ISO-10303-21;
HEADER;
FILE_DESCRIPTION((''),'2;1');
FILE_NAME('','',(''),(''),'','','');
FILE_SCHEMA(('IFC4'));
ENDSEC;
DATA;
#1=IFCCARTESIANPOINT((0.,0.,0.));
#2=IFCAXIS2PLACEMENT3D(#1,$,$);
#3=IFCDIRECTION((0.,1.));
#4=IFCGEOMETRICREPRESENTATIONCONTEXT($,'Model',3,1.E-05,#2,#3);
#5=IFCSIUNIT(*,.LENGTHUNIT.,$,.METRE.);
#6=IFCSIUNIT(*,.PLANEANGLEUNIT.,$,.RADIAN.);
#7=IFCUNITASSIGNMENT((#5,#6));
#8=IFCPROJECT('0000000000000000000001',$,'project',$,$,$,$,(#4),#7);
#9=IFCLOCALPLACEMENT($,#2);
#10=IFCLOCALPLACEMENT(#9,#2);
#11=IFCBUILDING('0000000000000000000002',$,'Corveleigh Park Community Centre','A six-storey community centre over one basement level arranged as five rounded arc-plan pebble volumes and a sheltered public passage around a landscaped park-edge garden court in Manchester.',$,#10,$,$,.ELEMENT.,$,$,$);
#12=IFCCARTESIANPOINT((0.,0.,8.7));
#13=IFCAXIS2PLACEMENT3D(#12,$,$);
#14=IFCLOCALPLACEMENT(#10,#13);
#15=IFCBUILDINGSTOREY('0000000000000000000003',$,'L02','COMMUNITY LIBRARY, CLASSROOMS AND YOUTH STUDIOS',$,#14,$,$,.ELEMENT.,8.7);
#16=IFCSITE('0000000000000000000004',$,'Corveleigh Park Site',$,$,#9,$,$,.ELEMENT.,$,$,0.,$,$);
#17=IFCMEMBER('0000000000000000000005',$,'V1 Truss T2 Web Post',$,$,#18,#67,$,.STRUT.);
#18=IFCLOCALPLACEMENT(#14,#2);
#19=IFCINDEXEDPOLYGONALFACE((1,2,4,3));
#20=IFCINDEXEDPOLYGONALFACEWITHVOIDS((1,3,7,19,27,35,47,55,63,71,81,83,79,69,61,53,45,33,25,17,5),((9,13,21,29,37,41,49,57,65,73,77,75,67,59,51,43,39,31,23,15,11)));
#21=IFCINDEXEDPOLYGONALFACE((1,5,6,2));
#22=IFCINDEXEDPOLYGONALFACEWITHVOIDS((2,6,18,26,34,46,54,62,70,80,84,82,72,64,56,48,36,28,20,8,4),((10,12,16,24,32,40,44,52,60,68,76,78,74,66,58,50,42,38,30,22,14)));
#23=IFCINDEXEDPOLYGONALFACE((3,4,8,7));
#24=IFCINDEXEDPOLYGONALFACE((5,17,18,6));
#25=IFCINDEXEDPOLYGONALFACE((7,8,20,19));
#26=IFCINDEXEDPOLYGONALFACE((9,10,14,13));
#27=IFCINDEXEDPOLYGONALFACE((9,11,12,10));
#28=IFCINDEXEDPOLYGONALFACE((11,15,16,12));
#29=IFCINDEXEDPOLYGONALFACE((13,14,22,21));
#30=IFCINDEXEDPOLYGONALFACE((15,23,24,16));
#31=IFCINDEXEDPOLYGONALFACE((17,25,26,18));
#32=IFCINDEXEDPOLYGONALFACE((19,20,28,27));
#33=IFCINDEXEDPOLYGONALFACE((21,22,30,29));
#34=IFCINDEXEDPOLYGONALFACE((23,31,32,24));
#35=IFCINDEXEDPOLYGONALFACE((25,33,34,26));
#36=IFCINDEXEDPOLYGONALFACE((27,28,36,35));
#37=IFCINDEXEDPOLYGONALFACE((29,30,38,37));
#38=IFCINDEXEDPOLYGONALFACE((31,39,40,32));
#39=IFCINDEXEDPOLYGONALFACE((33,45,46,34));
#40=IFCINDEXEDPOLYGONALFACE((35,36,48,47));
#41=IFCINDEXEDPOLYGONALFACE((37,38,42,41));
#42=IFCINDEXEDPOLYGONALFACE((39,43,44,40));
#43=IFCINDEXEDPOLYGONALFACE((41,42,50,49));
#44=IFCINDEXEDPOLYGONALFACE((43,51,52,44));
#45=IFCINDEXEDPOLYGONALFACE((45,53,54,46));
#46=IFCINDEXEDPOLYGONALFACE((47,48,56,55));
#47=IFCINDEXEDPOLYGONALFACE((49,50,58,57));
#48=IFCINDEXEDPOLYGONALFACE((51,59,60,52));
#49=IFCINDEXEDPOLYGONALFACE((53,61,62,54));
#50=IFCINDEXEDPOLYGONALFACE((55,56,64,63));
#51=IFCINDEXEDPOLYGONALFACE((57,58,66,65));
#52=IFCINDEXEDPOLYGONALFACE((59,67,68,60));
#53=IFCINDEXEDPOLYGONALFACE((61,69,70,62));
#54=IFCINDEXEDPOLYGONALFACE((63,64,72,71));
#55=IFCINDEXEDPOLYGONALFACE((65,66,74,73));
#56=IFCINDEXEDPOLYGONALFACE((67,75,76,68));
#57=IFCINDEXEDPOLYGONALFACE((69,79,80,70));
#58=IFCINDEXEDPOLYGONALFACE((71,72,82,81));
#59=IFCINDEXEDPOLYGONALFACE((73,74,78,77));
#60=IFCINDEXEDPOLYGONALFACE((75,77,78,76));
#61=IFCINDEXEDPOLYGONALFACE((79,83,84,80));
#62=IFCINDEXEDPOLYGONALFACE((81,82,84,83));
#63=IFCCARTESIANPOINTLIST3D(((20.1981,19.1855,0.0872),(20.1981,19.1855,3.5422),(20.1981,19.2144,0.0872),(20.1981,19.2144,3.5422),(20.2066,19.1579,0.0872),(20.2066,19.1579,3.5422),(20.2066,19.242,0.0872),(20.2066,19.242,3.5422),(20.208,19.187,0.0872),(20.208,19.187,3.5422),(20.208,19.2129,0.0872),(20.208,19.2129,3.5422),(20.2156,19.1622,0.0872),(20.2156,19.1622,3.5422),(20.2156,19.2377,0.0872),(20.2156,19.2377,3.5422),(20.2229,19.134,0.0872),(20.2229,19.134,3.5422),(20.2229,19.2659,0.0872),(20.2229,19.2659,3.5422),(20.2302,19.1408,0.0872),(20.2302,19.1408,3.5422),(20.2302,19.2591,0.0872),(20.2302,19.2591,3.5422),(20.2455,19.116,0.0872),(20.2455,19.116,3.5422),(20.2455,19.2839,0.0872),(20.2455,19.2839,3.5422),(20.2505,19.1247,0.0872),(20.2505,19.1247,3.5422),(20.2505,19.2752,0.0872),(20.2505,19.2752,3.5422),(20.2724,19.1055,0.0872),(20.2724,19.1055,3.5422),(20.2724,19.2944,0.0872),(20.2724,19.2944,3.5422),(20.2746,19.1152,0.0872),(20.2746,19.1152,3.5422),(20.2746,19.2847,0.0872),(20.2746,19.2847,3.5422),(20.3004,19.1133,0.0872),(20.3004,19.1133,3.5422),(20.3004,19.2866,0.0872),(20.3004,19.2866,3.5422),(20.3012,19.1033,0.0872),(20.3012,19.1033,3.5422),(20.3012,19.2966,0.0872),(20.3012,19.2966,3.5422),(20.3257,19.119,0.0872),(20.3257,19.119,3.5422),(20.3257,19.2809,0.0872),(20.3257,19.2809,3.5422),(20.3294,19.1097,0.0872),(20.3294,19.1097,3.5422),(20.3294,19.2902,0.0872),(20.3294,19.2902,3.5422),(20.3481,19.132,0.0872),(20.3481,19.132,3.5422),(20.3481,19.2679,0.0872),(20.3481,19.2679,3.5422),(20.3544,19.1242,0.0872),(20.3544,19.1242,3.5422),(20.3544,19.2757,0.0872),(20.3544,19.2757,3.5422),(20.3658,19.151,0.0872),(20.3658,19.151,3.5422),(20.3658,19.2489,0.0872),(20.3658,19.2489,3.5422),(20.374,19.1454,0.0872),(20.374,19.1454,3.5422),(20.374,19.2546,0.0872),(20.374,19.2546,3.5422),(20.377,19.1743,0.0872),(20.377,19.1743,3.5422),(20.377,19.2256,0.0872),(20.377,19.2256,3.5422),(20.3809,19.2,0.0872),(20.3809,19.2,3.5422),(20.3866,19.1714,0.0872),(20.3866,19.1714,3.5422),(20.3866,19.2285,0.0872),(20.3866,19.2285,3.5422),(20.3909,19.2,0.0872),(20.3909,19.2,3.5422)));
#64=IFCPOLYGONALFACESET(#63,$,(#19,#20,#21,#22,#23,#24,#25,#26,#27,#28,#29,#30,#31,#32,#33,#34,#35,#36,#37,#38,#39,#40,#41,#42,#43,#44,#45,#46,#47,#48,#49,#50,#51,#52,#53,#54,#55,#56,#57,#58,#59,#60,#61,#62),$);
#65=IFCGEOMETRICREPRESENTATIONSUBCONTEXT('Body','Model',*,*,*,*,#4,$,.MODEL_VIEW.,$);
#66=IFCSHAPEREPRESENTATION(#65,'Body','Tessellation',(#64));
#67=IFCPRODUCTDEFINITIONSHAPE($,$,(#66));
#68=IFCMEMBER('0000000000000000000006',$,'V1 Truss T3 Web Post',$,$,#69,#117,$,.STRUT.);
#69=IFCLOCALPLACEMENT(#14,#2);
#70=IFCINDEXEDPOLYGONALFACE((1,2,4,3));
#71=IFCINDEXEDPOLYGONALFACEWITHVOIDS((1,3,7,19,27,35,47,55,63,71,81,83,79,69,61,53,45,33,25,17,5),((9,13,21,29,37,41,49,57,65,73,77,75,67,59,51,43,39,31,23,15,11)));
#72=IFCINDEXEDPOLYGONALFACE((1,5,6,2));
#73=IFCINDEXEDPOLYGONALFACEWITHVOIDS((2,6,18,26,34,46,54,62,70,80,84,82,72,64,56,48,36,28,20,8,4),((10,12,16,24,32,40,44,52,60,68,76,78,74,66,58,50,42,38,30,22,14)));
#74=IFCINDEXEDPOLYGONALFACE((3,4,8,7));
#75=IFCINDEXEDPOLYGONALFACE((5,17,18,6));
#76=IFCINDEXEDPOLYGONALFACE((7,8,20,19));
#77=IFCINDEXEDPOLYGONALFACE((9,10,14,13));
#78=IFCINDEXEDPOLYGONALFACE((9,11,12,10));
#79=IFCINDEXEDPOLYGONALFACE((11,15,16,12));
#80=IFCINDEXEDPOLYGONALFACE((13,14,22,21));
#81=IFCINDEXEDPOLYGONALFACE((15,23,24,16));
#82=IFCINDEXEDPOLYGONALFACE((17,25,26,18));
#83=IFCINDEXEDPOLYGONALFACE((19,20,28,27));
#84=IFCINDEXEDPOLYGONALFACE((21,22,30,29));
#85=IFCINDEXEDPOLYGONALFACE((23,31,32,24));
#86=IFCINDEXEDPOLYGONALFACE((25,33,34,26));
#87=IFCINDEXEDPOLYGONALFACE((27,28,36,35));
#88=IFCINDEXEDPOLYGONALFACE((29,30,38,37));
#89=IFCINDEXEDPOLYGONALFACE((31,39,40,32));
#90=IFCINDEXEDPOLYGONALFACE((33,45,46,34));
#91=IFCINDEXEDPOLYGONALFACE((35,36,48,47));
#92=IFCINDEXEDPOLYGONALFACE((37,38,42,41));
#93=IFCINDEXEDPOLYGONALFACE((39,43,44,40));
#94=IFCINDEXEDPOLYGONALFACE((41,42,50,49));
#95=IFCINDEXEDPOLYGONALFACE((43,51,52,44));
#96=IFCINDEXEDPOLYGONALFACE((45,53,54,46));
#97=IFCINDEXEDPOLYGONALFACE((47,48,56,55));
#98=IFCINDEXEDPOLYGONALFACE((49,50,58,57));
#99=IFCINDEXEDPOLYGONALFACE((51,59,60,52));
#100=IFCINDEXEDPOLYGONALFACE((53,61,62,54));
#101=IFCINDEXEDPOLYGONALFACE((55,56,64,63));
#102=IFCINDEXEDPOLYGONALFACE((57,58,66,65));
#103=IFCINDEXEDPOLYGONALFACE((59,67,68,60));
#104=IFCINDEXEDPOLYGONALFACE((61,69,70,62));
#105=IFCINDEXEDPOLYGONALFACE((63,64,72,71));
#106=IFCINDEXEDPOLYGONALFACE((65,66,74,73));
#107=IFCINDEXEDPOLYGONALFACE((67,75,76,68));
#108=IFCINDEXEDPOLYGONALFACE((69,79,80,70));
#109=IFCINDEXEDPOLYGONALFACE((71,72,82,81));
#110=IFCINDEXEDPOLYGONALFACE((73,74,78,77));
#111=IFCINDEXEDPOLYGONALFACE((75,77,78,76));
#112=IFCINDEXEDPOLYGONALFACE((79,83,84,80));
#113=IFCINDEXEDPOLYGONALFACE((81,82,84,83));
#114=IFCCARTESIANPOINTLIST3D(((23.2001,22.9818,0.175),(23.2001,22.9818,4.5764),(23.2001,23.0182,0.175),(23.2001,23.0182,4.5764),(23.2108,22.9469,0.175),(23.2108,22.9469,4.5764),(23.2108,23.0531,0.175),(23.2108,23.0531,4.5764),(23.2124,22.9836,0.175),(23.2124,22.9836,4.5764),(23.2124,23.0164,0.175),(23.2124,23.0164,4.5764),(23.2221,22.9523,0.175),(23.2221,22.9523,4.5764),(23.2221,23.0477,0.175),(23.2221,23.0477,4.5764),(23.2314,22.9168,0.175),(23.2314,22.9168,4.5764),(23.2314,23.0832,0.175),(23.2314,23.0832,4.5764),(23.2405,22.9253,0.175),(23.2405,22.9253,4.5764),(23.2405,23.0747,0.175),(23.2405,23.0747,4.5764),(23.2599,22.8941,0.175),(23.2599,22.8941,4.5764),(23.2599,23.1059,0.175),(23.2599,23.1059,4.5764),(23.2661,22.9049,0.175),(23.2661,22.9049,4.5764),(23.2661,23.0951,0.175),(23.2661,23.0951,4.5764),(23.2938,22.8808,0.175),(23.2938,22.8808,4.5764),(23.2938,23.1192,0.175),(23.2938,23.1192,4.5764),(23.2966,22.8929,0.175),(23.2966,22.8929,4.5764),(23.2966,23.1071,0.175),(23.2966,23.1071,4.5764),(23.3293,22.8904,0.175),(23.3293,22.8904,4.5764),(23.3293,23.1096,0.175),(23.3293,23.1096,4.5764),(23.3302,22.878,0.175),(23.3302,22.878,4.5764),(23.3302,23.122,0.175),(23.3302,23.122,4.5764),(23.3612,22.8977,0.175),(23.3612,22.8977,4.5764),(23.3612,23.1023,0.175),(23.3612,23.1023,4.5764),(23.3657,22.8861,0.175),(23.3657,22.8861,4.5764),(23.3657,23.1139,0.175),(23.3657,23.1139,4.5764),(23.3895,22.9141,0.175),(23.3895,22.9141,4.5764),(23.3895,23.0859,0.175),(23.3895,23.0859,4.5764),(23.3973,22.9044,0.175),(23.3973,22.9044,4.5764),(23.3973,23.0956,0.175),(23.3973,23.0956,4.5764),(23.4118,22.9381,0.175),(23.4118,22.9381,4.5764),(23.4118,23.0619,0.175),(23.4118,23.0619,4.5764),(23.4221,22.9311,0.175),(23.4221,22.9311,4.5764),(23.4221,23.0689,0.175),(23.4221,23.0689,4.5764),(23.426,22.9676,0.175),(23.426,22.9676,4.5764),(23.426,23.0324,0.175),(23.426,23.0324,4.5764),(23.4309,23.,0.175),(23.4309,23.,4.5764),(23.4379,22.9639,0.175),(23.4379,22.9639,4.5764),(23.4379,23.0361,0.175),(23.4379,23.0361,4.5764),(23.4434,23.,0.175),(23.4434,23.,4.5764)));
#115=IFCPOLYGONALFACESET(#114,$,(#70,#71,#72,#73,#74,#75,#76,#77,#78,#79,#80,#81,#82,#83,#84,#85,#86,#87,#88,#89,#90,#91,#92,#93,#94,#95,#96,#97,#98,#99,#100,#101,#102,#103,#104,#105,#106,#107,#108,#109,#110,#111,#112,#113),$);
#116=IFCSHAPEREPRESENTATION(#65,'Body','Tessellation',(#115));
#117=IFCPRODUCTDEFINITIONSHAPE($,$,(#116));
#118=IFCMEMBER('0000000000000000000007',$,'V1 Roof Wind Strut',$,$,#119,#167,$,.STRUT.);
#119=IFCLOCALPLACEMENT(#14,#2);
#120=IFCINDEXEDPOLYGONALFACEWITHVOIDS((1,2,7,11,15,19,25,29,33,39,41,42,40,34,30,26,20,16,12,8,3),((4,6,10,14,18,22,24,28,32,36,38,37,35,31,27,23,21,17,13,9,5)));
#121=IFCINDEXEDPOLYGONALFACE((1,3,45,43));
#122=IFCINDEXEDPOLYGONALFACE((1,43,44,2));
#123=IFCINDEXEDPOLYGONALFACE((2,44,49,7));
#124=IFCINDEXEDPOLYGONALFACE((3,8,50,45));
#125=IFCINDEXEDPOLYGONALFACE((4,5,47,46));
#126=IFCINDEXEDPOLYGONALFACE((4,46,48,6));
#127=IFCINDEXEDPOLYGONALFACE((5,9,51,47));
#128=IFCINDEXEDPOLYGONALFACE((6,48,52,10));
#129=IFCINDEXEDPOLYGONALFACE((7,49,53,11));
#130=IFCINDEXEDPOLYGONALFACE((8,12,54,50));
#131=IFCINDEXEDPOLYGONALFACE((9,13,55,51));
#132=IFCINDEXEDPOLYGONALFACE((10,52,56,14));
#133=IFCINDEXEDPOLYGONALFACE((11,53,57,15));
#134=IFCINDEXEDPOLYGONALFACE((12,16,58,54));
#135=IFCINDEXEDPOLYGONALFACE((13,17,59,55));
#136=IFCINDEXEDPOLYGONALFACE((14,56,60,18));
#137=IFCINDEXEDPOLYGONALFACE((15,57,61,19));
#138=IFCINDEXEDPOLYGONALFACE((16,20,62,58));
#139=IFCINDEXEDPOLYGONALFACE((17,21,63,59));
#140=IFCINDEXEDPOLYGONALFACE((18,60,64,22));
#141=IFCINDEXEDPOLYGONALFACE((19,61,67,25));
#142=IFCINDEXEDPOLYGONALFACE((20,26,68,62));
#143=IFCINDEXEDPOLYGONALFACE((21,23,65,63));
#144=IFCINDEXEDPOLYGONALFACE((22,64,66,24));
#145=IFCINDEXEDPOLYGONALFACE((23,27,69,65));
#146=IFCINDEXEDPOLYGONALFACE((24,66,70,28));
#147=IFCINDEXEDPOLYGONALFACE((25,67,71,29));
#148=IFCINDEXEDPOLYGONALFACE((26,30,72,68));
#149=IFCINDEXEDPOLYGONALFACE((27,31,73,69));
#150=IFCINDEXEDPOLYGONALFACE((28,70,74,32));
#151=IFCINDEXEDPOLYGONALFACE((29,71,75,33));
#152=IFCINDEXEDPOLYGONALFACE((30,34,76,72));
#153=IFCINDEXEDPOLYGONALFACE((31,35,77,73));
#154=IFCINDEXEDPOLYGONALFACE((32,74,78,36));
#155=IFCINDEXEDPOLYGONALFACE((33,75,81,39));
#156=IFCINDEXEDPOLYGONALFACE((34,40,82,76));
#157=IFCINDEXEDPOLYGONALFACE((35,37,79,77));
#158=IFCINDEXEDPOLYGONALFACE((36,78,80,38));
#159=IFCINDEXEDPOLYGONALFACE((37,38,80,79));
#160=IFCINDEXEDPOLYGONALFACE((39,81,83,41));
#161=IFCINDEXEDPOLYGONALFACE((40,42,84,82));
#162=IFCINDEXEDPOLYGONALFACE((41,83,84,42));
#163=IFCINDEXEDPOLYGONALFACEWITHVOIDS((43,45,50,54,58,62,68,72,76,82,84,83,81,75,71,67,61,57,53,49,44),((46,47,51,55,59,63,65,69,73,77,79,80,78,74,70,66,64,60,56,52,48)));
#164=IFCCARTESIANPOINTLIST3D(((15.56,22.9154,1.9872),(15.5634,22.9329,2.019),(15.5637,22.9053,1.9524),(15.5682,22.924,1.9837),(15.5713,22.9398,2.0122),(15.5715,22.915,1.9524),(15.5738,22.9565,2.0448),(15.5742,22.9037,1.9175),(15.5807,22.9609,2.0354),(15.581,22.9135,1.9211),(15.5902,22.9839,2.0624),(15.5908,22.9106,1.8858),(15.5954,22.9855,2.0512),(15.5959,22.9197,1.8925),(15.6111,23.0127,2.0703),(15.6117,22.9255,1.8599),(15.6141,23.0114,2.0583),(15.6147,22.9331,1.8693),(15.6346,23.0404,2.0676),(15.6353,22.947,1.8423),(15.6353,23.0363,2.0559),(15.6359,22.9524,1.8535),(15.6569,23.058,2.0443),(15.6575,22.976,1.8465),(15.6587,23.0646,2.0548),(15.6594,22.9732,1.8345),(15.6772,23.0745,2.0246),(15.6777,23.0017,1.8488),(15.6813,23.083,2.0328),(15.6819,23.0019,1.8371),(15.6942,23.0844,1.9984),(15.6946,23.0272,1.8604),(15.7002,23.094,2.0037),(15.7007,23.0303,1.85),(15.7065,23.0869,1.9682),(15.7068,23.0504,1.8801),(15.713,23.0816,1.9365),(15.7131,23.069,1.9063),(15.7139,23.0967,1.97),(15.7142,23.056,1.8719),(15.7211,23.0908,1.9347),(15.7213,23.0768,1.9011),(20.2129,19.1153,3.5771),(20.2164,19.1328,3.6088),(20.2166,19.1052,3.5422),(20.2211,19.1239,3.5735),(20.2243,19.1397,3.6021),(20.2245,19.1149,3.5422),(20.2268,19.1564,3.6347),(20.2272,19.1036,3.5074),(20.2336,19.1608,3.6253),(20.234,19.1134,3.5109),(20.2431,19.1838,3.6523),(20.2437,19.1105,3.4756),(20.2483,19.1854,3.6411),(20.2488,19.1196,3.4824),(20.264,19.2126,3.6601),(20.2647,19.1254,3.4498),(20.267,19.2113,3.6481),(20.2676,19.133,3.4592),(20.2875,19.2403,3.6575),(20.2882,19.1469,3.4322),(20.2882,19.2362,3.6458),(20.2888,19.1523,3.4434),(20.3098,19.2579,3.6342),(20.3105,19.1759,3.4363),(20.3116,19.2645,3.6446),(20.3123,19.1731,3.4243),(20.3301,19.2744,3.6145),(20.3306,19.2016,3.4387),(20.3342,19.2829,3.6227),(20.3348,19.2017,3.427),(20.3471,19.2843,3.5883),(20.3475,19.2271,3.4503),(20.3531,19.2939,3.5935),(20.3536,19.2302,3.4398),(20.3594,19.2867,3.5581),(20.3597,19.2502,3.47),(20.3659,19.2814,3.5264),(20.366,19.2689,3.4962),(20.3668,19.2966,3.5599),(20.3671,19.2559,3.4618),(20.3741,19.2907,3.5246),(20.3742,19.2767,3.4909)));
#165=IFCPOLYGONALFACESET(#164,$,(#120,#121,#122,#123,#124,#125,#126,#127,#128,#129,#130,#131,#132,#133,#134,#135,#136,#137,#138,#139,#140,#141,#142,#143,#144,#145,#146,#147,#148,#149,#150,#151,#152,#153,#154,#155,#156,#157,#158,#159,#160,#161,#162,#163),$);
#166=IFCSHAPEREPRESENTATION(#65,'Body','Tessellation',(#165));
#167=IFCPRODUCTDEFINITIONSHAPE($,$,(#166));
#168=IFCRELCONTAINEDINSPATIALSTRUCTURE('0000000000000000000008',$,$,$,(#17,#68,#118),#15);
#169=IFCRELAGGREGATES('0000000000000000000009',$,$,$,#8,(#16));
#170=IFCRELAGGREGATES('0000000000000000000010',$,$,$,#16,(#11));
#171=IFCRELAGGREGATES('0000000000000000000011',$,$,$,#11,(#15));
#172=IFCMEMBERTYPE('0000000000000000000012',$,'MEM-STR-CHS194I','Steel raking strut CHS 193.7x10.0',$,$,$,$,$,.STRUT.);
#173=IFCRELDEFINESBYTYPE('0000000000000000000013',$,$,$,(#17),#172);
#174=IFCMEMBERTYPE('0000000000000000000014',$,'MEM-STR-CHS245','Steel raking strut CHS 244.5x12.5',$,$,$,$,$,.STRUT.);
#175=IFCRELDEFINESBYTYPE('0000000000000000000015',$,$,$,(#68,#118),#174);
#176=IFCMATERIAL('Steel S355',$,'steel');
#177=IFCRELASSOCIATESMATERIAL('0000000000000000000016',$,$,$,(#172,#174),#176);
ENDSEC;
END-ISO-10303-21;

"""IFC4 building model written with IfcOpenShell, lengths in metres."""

from ifc_helpers import new_model, si_unit, direction, frame, origin, origin_2d, place, context, subcontext, project, spatial, hollow_circle, extrude, material, material_profile, profile_set, type_object, element, save


model = new_model("IFC4")

# Units and contexts
model_context = context("Model", 3, precision=1e-05, world=origin(), true_north=direction((0.0, 1.0)))
body_context = subcontext(model_context, "Body", "Model", "MODEL_VIEW")
ifc_project = project(units=[si_unit("LENGTHUNIT", "METRE"), si_unit("PLANEANGLEUNIT", "RADIAN")], contexts=[model_context])

# Site, building, storey
site_placement = place(None, origin())
site = spatial("IfcSite", under=ifc_project, at=site_placement, Name="Corveleigh Park Site", CompositionType="ELEMENT", RefElevation=0.0)
building_placement = place(site_placement, origin())
building = spatial("IfcBuilding", under=site, at=building_placement, Name="Corveleigh Park Community Centre", Description="A six-storey community centre over one basement level arranged as five rounded arc-plan pebble volumes and a sheltered public passage around a landscaped park-edge garden court in Manchester.", CompositionType="ELEMENT")
storey_placement = place(building_placement, frame((0.0, 0.0, 8.7)))
storey = spatial("IfcBuildingStorey", under=building, at=storey_placement, Name="L02", Description="COMMUNITY LIBRARY, CLASSROOMS AND YOUTH STUDIOS", CompositionType="ELEMENT", Elevation=8.7)

# Shared definitions
ifc_material_1 = material(Name="Steel S355", Category="steel")

# Members
ifc_material_profile_1 = material_profile(ifc_material_1, hollow_circle(Radius=0.0969, WallThickness=0.01, at=origin_2d()), Name="CHS 193.7x10.0", Category="steel")
ifc_profile_set_1 = profile_set([ifc_material_profile_1], Name="Steel S355")
member_type_1 = type_object("IfcMemberType", Name="MEM-STR-CHS194I", Description="Steel raking strut CHS 193.7x10.0", PredefinedType="STRUT", material=ifc_profile_set_1)
member_1_placement = place(storey_placement, frame((20.2939, 19.2, 0.0872), z_axis=(0.0, 0.0, 1.0), x_axis=(1.0, 0.0, 0.0)))
element("IfcMember", 1, at=member_1_placement, inside=storey, type_object=member_type_1, Name="V1 Truss T2 Web Post", PredefinedType="STRUT", context=body_context, shape_type="SweptSolid", body=[
    extrude(hollow_circle(Radius=0.0969, WallThickness=0.01, at=origin_2d()), origin(), (0.0, 0.0, 1.0), 3.4551),
])
ifc_material_profile_2 = material_profile(ifc_material_1, hollow_circle(Radius=0.1223, WallThickness=0.0125, at=origin_2d()), Name="CHS 244.5x12.5", Category="steel")
ifc_profile_set_2 = profile_set([ifc_material_profile_2], Name="Steel S355")
member_type_2 = type_object("IfcMemberType", Name="MEM-STR-CHS245", Description="Steel raking strut CHS 244.5x12.5", PredefinedType="STRUT", material=ifc_profile_set_2)
member_2_placement = place(storey_placement, frame((23.321, 23.0, 0.175), z_axis=(0.0, 0.0, 1.0), x_axis=(1.0, 0.0, 0.0)))
element("IfcMember", 2, at=member_2_placement, inside=storey, type_object=member_type_2, Name="V1 Truss T3 Web Post", PredefinedType="STRUT", context=body_context, shape_type="SweptSolid", body=[
    extrude(hollow_circle(Radius=0.1223, WallThickness=0.0125, at=origin_2d()), origin(), (0.0, 0.0, 1.0), 4.4014),
])
member_3_placement = place(storey_placement, frame((20.2939, 19.2, 3.5422), z_axis=(-0.748737, 0.611506, -0.255839), x_axis=(-0.632558, -0.774513, 0.0)))
element("IfcMember", 3, at=member_3_placement, inside=storey, type_object=member_type_2, Name="V1 Roof Wind Strut", PredefinedType="STRUT", context=body_context, shape_type="SweptSolid", body=[
    extrude(hollow_circle(Radius=0.1223, WallThickness=0.0125, at=origin_2d()), origin(), (0.0, 0.0, 1.0), 6.2144),
])

save(model, "model.ifc")
